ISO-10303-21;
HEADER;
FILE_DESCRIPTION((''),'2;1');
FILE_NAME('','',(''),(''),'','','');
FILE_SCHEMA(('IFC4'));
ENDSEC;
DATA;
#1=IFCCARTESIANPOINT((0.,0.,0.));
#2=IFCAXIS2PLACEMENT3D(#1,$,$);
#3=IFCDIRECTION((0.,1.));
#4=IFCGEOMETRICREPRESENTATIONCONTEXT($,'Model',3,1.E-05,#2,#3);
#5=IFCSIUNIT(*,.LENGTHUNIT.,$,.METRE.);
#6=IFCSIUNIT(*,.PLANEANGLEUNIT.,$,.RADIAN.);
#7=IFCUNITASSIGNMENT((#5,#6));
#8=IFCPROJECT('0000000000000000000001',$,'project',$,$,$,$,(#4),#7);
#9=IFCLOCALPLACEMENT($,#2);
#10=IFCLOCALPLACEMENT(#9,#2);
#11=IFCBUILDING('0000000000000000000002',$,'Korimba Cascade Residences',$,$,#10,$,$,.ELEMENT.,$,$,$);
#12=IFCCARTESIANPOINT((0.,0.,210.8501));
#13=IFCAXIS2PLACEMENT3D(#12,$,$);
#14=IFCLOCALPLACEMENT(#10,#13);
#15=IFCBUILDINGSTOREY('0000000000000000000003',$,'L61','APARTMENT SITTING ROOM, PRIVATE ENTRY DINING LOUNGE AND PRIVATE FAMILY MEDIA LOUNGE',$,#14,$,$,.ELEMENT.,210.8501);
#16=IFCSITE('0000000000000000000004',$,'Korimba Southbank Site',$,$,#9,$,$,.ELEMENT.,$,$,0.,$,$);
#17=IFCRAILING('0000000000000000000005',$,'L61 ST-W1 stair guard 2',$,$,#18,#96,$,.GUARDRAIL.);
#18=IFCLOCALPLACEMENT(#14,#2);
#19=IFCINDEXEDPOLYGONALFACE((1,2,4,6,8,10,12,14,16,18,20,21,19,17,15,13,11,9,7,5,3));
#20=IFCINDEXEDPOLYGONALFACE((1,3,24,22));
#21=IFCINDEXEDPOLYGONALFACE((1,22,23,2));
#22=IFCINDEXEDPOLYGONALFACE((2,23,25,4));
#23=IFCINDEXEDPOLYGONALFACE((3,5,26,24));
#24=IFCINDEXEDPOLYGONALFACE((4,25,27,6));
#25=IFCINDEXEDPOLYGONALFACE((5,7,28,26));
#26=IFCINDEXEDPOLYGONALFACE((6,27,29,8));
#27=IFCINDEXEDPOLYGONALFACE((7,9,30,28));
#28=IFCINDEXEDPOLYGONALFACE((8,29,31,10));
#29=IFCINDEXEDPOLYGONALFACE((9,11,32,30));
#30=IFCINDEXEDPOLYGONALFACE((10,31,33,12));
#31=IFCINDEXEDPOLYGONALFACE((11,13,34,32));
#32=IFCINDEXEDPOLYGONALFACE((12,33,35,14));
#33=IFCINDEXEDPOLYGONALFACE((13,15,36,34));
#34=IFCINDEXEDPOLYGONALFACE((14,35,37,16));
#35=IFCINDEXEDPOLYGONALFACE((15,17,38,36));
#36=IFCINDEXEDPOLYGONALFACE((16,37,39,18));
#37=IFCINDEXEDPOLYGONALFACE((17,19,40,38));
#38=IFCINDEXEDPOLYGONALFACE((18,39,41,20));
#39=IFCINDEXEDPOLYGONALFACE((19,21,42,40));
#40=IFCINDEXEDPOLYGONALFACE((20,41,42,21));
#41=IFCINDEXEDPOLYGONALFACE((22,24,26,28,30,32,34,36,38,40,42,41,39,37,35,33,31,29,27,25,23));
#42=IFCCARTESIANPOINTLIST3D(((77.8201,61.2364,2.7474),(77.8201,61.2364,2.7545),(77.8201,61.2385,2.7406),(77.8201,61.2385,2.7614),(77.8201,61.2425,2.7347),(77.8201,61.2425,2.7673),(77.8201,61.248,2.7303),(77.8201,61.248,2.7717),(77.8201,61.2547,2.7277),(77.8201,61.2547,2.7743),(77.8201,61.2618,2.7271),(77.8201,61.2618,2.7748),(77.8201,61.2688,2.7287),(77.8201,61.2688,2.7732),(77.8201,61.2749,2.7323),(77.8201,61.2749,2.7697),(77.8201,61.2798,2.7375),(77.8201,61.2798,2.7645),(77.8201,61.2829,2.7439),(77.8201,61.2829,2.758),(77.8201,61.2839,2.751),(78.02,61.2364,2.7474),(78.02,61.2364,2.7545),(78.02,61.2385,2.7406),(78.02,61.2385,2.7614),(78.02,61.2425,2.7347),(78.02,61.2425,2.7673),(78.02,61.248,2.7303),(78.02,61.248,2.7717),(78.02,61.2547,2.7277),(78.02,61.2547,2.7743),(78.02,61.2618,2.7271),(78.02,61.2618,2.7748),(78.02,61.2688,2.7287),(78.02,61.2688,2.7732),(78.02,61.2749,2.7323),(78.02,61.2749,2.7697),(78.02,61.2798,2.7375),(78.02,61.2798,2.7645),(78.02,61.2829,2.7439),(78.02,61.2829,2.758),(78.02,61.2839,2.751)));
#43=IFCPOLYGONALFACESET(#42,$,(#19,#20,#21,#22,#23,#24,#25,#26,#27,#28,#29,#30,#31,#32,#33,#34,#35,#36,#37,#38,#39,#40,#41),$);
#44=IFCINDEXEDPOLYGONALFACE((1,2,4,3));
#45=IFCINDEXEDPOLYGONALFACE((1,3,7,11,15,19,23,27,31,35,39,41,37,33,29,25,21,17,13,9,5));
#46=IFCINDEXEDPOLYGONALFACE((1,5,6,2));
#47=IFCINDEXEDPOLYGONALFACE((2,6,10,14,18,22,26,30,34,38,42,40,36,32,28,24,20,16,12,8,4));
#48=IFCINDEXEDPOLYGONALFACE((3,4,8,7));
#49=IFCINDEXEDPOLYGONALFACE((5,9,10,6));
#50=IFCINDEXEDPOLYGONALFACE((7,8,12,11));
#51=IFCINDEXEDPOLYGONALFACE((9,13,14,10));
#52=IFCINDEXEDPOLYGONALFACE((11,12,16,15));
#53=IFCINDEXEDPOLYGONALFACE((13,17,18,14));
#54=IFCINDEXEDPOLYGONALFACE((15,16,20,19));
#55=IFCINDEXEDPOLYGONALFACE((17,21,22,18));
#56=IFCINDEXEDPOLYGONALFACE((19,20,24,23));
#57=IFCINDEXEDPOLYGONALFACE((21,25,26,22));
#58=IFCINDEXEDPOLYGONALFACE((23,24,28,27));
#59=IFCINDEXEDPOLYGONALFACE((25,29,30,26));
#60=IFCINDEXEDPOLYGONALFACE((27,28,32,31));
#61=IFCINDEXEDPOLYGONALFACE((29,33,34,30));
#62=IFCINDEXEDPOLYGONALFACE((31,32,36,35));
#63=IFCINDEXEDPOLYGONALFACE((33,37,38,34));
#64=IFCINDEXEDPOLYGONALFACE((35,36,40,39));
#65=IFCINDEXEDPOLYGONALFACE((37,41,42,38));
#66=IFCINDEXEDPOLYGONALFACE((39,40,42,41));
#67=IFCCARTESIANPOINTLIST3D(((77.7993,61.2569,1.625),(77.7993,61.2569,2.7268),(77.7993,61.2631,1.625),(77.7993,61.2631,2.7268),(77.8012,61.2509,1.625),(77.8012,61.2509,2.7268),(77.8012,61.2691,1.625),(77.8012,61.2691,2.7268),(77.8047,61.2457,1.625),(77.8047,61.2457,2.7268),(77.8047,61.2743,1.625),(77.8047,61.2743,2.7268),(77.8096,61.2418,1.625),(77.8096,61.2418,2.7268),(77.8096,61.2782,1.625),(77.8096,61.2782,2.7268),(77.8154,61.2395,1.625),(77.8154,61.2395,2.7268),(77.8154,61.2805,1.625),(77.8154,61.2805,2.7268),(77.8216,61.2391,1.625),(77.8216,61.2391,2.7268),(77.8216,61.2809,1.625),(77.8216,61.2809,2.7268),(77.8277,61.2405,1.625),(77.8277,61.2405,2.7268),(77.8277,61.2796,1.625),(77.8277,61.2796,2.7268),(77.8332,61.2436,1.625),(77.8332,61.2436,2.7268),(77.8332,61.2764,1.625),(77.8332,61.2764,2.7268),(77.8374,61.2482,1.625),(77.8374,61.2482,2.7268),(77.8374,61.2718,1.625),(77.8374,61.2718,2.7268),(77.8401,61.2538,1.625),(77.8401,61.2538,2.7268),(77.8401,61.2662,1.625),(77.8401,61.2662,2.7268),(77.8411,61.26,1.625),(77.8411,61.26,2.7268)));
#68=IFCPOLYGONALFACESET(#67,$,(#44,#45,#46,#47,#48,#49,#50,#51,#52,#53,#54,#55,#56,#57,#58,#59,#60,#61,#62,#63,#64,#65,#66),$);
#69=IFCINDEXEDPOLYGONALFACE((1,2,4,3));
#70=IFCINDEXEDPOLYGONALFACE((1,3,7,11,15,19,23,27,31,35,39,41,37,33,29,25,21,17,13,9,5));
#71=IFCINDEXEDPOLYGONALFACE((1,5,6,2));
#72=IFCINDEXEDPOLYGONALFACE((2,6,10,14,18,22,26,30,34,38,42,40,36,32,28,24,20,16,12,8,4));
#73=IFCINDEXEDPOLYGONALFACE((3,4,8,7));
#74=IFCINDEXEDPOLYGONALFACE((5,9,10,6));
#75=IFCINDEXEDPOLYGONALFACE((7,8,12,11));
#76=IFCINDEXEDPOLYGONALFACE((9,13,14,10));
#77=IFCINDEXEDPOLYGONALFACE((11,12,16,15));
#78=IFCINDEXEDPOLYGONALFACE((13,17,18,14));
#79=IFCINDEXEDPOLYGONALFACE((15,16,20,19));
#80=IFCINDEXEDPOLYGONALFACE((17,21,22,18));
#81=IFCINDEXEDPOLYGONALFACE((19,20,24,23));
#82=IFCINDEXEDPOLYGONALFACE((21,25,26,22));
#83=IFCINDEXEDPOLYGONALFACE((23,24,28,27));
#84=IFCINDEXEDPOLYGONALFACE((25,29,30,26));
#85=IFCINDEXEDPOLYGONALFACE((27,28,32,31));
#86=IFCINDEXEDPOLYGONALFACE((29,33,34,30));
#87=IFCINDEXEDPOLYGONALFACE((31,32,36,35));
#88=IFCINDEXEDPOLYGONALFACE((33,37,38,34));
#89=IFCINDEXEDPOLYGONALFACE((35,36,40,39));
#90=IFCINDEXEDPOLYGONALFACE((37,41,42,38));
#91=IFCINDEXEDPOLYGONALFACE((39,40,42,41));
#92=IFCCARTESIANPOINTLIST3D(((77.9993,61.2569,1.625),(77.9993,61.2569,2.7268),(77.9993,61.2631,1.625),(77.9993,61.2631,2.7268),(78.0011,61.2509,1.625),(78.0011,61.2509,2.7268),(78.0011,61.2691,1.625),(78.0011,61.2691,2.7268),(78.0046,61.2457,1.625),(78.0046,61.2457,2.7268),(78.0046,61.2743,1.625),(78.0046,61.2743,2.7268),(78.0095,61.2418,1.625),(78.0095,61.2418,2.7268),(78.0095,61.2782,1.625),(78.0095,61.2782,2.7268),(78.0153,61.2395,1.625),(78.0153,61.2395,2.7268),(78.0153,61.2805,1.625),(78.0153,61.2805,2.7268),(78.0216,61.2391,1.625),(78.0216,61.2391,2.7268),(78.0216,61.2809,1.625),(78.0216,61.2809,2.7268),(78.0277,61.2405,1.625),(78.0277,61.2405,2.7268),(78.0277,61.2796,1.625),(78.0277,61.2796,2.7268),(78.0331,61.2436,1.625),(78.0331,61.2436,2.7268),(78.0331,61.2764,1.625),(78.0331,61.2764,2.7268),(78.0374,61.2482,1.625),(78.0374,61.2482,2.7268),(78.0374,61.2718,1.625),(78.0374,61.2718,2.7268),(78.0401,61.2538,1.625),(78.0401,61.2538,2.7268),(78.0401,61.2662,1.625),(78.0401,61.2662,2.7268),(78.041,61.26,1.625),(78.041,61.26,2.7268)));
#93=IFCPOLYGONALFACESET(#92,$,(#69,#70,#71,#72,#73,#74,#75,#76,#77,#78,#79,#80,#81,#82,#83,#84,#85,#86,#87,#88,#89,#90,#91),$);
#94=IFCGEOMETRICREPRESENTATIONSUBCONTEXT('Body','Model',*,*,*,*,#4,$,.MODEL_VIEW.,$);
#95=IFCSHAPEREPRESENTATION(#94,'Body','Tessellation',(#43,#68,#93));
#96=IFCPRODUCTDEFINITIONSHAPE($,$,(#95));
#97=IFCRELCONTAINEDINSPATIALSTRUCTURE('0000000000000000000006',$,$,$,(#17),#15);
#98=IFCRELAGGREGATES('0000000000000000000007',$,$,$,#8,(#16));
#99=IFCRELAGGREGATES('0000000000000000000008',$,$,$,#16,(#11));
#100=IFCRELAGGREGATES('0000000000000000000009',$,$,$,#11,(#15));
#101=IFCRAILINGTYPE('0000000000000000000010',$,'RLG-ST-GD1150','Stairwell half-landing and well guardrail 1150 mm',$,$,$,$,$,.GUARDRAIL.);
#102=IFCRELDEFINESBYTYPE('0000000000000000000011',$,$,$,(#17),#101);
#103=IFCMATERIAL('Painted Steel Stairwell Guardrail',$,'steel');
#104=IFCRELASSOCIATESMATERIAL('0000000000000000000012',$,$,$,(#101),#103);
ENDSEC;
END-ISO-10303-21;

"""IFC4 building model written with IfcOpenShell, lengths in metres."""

from ifc_helpers import new_model, si_unit, direction, frame, origin, origin_2d, place, context, subcontext, project, spatial, circle, extrude, material, type_object, element, save


model = new_model("IFC4")

# Units and contexts
model_context = context("Model", 3, precision=1e-05, world=origin(), true_north=direction((0.0, 1.0)))
body_context = subcontext(model_context, "Body", "Model", "MODEL_VIEW")
ifc_project = project(units=[si_unit("LENGTHUNIT", "METRE"), si_unit("PLANEANGLEUNIT", "RADIAN")], contexts=[model_context])

# Site, building, storey
site_placement = place(None, origin())
site = spatial("IfcSite", under=ifc_project, at=site_placement, Name="Korimba Southbank Site", CompositionType="ELEMENT", RefElevation=0.0)
building_placement = place(site_placement, origin())
building = spatial("IfcBuilding", under=site, at=building_placement, Name="Korimba Cascade Residences", CompositionType="ELEMENT")
storey_placement = place(building_placement, frame((0.0, 0.0, 210.8501)))
storey = spatial("IfcBuildingStorey", under=building, at=storey_placement, Name="L61", Description="APARTMENT SITTING ROOM, PRIVATE ENTRY DINING LOUNGE AND PRIVATE FAMILY MEDIA LOUNGE", CompositionType="ELEMENT", Elevation=210.8501)

# Railing
ifc_material_1 = material(Name="Painted Steel Stairwell Guardrail", Category="steel")
railing_type_1 = type_object("IfcRailingType", Name="RLG-ST-GD1150", Description="Stairwell half-landing and well guardrail 1150 mm", PredefinedType="GUARDRAIL", material=ifc_material_1)
railing_1_placement = place(storey_placement, frame((77.8201, 61.26, 1.625)))
element("IfcRailing", 1, at=railing_1_placement, inside=storey, type_object=railing_type_1, Name="L61 ST-W1 stair guard 2", PredefinedType="GUARDRAIL", context=body_context, shape_type="SweptSolid", body=[
    extrude(circle(Radius=0.0239, at=origin_2d()), frame((0.0, 0.0, 1.126), z_axis=(1.0, 0.0, 0.0), x_axis=(0.0, 1.0, 0.0)), (0.0, 0.0, 1.0), 0.2),
    extrude(circle(Radius=0.021, at=origin_2d()), origin(), (0.0, 0.0, 1.0), 1.1018),
    extrude(circle(Radius=0.021, at=origin_2d()), frame((0.2, 0.0, 0.0)), (0.0, 0.0, 1.0), 1.1018),
])

save(model, "model.ifc")
